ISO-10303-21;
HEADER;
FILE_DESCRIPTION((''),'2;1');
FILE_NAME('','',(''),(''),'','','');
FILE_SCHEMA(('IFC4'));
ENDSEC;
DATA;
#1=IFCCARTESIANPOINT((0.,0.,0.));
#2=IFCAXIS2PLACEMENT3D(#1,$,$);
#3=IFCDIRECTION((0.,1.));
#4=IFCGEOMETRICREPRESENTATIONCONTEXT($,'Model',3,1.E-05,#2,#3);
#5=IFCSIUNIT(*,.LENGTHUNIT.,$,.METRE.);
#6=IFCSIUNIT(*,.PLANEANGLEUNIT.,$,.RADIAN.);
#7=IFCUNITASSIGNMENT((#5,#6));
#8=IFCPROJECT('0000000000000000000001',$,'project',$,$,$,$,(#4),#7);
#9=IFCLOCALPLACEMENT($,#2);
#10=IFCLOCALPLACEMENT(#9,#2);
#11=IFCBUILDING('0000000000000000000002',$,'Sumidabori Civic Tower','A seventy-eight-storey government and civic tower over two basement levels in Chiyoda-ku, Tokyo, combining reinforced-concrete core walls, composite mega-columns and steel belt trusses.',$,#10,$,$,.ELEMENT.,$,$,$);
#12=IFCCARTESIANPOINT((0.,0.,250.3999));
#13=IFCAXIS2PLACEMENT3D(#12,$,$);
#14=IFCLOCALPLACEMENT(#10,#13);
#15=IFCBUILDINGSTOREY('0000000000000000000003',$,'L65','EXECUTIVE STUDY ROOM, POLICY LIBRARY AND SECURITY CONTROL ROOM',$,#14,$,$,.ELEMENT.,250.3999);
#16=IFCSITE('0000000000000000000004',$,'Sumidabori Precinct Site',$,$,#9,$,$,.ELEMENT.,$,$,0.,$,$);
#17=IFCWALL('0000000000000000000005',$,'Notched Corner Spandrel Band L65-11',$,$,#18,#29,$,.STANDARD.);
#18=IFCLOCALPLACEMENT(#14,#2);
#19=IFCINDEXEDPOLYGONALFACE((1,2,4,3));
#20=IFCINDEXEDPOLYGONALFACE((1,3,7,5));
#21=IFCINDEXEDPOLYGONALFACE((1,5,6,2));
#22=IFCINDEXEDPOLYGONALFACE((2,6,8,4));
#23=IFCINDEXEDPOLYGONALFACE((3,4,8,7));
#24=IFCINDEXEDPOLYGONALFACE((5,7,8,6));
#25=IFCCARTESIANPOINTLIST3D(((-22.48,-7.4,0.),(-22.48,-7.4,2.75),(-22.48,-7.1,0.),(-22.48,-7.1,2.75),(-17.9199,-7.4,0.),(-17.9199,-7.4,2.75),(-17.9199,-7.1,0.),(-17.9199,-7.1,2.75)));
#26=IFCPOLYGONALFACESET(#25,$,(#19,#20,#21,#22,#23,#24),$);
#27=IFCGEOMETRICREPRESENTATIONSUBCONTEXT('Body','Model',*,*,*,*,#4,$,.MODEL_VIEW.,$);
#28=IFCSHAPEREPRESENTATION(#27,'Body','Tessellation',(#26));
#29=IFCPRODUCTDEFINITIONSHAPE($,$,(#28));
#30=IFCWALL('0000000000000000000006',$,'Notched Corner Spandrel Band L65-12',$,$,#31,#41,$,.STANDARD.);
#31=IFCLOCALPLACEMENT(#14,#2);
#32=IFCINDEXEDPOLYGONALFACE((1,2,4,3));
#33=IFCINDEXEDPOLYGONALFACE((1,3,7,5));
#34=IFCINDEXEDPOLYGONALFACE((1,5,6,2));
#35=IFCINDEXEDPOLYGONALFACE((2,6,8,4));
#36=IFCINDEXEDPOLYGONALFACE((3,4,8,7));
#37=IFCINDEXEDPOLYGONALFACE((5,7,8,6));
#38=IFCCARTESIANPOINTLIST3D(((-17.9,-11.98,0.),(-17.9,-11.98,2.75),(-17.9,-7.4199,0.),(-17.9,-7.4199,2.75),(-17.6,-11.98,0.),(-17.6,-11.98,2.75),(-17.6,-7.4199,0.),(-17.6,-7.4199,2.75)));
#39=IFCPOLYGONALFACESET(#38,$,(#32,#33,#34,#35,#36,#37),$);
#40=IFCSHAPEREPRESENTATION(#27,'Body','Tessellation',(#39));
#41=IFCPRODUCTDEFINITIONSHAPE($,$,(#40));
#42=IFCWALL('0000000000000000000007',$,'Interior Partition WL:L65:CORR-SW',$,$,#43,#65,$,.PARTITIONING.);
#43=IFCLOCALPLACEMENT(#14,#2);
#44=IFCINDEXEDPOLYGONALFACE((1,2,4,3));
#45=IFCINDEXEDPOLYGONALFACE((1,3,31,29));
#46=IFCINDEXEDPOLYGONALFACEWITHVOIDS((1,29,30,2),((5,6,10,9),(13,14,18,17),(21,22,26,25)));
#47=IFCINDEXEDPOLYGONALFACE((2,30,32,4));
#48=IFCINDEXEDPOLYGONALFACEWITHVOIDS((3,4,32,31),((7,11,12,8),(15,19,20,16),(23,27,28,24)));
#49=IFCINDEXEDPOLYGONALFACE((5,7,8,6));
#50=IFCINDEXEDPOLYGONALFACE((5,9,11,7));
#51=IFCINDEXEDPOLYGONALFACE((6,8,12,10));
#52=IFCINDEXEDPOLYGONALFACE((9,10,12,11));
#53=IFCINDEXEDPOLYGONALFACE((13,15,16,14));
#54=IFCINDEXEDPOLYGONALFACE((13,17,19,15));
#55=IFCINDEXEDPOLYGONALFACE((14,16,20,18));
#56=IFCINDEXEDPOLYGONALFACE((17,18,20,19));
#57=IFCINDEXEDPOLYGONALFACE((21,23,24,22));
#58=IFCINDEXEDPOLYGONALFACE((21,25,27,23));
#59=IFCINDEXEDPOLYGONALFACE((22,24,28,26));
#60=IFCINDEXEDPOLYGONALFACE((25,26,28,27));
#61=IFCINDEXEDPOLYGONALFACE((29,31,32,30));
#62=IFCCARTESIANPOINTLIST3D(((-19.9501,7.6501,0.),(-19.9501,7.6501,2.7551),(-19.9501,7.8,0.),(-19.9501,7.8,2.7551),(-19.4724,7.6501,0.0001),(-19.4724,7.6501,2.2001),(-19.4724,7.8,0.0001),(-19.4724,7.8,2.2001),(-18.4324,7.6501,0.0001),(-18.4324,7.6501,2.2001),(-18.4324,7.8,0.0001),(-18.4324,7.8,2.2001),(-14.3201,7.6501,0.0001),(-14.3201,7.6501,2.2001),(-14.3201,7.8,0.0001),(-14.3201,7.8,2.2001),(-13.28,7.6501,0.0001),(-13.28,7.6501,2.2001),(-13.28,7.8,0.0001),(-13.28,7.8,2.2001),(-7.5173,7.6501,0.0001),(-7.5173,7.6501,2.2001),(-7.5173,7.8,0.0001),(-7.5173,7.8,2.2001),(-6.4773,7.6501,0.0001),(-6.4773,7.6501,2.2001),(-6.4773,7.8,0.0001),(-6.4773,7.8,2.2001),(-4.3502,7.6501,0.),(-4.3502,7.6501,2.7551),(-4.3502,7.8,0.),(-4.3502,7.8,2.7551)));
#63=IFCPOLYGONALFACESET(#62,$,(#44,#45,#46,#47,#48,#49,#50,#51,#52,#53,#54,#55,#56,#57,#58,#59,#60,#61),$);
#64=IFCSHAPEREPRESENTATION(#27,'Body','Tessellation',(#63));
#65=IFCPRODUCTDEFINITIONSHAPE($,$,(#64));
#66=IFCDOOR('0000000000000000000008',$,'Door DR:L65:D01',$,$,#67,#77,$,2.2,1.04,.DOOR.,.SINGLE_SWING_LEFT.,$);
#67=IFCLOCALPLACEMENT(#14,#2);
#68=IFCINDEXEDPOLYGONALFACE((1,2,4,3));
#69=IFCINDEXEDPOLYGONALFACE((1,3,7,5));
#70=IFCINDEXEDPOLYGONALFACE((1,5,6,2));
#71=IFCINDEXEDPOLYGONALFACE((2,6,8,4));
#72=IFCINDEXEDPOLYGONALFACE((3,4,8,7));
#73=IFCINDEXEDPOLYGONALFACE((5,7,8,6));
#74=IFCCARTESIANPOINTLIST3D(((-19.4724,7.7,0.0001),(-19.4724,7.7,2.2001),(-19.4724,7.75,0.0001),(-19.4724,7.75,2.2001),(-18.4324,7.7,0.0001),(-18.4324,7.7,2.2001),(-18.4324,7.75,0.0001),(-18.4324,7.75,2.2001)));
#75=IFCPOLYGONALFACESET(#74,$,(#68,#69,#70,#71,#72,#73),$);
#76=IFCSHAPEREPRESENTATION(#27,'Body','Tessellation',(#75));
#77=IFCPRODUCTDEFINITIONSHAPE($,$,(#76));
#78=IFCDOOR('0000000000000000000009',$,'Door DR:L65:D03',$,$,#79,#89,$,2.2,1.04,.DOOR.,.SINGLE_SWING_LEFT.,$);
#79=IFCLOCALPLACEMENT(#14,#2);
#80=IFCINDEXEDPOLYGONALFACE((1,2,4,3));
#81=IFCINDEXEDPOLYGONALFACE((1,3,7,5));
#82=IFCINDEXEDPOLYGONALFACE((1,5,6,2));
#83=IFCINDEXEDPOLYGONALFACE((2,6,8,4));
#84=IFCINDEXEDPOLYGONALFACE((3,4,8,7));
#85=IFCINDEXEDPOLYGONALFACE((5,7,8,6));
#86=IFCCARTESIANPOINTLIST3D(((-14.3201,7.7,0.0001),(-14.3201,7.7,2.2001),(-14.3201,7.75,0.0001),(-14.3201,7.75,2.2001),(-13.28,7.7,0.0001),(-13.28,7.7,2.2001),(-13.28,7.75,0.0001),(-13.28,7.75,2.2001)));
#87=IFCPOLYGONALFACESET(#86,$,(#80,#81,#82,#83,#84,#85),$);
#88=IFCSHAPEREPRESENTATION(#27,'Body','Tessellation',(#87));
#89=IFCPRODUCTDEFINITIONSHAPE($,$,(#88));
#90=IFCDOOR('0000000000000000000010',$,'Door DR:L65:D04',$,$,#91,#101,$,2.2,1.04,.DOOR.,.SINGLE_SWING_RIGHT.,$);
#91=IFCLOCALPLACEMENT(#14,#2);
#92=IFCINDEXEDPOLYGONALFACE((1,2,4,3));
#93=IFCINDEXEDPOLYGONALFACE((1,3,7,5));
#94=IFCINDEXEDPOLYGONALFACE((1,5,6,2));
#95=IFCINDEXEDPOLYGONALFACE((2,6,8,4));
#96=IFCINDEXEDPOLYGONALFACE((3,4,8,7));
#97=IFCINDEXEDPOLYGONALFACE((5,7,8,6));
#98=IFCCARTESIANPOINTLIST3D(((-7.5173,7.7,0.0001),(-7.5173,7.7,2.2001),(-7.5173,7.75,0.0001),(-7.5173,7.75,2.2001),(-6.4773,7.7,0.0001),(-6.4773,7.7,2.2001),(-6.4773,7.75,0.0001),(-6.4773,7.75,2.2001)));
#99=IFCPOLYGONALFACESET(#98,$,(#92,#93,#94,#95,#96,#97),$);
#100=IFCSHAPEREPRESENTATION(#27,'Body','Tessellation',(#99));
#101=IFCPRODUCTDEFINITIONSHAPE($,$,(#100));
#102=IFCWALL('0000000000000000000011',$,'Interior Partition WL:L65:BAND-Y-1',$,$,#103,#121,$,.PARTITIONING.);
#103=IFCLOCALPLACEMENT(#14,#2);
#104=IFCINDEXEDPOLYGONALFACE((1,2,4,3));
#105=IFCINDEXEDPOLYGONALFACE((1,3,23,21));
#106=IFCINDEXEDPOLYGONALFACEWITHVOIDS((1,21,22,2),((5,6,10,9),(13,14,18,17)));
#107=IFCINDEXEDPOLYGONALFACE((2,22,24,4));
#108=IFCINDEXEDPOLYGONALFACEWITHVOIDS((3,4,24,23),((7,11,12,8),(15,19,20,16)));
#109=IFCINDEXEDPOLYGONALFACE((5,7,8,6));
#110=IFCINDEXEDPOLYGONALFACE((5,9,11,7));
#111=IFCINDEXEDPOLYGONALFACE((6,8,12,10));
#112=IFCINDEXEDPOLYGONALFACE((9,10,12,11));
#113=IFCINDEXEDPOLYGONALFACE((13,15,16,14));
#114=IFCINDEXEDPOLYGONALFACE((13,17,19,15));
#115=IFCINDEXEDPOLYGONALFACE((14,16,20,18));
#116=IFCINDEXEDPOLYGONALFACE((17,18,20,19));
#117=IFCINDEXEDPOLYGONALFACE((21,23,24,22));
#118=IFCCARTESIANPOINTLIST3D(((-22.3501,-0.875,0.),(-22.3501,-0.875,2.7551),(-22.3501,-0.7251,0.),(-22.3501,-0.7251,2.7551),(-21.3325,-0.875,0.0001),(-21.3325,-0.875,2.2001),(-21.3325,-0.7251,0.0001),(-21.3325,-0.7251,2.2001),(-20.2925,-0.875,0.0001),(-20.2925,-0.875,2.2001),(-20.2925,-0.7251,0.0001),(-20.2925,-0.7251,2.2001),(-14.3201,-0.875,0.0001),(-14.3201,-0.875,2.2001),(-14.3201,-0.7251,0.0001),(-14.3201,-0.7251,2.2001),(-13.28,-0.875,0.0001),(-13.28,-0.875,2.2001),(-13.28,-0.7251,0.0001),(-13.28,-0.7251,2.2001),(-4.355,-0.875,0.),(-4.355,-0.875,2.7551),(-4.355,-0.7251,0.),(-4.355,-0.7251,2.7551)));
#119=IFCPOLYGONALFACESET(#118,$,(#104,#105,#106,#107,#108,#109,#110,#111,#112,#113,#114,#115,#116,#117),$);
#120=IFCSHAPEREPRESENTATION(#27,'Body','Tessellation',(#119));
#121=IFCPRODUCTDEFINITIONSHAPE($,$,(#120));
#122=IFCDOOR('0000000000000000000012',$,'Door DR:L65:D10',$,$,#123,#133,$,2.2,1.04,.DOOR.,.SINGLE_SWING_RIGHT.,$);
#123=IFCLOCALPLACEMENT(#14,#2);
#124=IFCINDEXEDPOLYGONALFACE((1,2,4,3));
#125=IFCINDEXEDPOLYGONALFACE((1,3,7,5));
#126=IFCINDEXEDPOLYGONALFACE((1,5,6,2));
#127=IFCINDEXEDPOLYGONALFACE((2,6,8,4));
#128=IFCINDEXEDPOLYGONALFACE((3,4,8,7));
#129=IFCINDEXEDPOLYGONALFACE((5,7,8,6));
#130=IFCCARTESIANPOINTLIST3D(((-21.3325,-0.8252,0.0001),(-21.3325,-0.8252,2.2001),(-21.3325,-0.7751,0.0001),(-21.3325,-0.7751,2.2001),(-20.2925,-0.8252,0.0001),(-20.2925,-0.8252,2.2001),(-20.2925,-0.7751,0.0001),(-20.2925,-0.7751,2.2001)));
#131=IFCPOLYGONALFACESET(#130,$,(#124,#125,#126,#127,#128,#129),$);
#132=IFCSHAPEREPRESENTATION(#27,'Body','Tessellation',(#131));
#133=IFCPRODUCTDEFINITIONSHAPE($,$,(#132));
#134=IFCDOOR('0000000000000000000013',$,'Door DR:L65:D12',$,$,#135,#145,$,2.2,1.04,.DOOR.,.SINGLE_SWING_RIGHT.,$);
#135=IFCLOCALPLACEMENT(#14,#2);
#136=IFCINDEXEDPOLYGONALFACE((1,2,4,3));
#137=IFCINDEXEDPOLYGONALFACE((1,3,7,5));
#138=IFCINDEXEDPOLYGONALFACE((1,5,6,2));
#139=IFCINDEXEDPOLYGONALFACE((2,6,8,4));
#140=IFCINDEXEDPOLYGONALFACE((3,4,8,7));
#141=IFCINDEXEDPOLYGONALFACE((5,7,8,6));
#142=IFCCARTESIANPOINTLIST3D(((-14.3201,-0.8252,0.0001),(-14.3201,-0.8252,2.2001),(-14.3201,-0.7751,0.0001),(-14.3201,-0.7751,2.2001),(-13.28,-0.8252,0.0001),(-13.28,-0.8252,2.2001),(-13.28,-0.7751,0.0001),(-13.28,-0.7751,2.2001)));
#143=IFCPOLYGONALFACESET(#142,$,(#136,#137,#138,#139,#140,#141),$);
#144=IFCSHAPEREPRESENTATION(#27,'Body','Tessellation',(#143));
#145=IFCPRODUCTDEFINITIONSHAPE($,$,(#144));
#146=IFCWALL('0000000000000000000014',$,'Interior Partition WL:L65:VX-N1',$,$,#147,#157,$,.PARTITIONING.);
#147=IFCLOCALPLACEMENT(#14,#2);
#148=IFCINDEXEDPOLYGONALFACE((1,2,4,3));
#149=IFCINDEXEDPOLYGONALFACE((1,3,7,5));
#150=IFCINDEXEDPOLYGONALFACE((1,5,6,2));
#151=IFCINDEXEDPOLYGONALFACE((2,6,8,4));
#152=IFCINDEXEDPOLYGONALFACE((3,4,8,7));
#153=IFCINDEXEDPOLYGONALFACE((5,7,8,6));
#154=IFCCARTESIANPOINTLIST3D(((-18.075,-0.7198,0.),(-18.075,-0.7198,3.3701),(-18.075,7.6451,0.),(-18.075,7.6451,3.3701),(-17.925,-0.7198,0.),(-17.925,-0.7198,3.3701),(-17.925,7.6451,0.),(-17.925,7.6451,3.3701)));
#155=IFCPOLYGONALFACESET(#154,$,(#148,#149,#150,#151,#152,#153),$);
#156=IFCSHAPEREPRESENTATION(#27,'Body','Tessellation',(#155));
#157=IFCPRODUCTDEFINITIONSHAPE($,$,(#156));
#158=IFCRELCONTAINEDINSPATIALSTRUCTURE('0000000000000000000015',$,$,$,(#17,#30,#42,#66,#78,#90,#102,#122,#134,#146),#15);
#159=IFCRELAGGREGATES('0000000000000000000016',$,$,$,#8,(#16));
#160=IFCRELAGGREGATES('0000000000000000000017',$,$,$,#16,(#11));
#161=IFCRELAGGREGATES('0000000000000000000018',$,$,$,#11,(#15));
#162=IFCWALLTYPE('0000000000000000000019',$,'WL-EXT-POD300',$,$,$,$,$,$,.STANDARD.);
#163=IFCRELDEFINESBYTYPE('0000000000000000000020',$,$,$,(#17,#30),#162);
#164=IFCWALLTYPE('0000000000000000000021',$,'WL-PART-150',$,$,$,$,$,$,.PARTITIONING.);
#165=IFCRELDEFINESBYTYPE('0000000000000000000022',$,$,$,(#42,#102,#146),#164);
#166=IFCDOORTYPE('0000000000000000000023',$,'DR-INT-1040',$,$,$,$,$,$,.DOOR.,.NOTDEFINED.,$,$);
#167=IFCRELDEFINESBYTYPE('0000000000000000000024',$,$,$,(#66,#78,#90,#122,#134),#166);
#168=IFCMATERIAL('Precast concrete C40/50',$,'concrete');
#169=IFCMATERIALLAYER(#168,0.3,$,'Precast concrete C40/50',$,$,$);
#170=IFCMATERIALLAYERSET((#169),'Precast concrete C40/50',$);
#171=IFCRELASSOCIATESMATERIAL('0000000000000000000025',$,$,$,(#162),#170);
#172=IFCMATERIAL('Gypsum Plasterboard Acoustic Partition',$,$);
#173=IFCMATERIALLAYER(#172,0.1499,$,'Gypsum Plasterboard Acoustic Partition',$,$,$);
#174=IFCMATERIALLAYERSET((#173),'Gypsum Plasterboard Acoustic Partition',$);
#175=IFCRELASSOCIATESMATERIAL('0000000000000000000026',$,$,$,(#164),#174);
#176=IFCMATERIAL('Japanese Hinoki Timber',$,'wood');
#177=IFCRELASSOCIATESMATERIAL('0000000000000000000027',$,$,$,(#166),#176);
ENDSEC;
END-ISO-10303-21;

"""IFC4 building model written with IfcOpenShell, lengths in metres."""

from ifc_helpers import new_model, si_unit, direction, frame, frame_2d, origin, place, context, subcontext, project, spatial, rectangle, extrude, source, transform, mapped, material, layer, layer_set, type_object, element, fill, save


model = new_model("IFC4")

# Units and contexts
model_context = context("Model", 3, precision=1e-05, world=origin(), true_north=direction((0.0, 1.0)))
body_context = subcontext(model_context, "Body", "Model", "MODEL_VIEW")
ifc_project = project(units=[si_unit("LENGTHUNIT", "METRE"), si_unit("PLANEANGLEUNIT", "RADIAN")], contexts=[model_context])

# Site, building, storey
site_placement = place(None, origin())
site = spatial("IfcSite", under=ifc_project, at=site_placement, Name="Sumidabori Precinct Site", CompositionType="ELEMENT", RefElevation=0.0)
building_placement = place(site_placement, origin())
building = spatial("IfcBuilding", under=site, at=building_placement, Name="Sumidabori Civic Tower", Description="A seventy-eight-storey government and civic tower over two basement levels in Chiyoda-ku, Tokyo, combining reinforced-concrete core walls, composite mega-columns and steel belt trusses.", CompositionType="ELEMENT")
storey_placement = place(building_placement, frame((0.0, 0.0, 250.3999)))
storey = spatial("IfcBuildingStorey", under=building, at=storey_placement, Name="L65", Description="EXECUTIVE STUDY ROOM, POLICY LIBRARY AND SECURITY CONTROL ROOM", CompositionType="ELEMENT", Elevation=250.3999)

# Walls
ifc_material_1 = material(Name="Precast concrete C40/50", Category="concrete")
ifc_layer_1 = layer(ifc_material_1, 0.3, Name="Precast concrete C40/50")
ifc_layer_set_1 = layer_set([ifc_layer_1], Name="Precast concrete C40/50")
wall_type_1 = type_object("IfcWallType", Name="WL-EXT-POD300", PredefinedType="STANDARD", material=ifc_layer_set_1)
shared_shape_1 = source(origin(), body_context, "Body", "SweptSolid", [
    extrude(rectangle(XDim=4.5601, YDim=0.3, at=frame_2d((2.28, 0.0))), origin(), (0.0, 0.0, 1.0), 2.75),
])
for number, where, z_axis, x_axis, name in (
    (1, (-22.48, -7.25, 0.0), (0.0, 0.0, 1.0), (1.0, 0.0, 0.0), "Notched Corner Spandrel Band L65-11"),
    (2, (-17.75, -7.4199, 0.0), (0.0, 0.0, 1.0), (0.0, -1.0, 0.0), "Notched Corner Spandrel Band L65-12"),
):
    element("IfcWall", number, at=place(storey_placement, frame(where, z_axis=z_axis, x_axis=x_axis)), inside=storey, type_object=wall_type_1, Name=name, PredefinedType="STANDARD", context=body_context, shape_type="MappedRepresentation", body=[
        mapped(shared_shape_1, transform((0.0, 0.0, 0.0), x_axis=(1.0, 0.0, 0.0), y_axis=(0.0, 1.0, 0.0), z_axis=(0.0, 0.0, 1.0), scale=1.0)),
    ])

# Walls, openings, doors
ifc_material_2 = material(Name="Gypsum Plasterboard Acoustic Partition")
ifc_layer_2 = layer(ifc_material_2, 0.1499, Name="Gypsum Plasterboard Acoustic Partition")
ifc_layer_set_2 = layer_set([ifc_layer_2], Name="Gypsum Plasterboard Acoustic Partition")
wall_type_2 = type_object("IfcWallType", Name="WL-PART-150", PredefinedType="PARTITIONING", material=ifc_layer_set_2)
shared_shape_2 = source(origin(), body_context, "Body", "SweptSolid", [
    extrude(rectangle(XDim=15.5999, YDim=0.1499, at=frame_2d((7.7998, 0.0))), origin(), (0.0, 0.0, 1.0), 2.7551),
])
wall_1_placement = place(storey_placement, frame((-19.95, 7.7251, 0.0), z_axis=(0.0, 0.0, 1.0), x_axis=(1.0, 0.0, 0.0)))
wall_1 = element("IfcWall", 3, at=wall_1_placement, inside=storey, type_object=wall_type_2, Name="Interior Partition WL:L65:CORR-SW", PredefinedType="PARTITIONING", context=body_context, shape_type="MappedRepresentation", body=[
    mapped(shared_shape_2, transform((0.0, 0.0, 0.0), x_axis=(1.0, 0.0, 0.0), y_axis=(0.0, 1.0, 0.0), z_axis=(0.0, 0.0, 1.0), scale=1.0)),
])
opening_1_placement = place(wall_1_placement, frame((0.4775, 0.0, 0.0)))
opening_1 = element("IfcOpeningElement", 4, at=opening_1_placement, cuts=wall_1, PredefinedType="OPENING", context=body_context, shape_type="SweptSolid", body=[
    extrude(rectangle(XDim=1.04, YDim=2.2, at=frame_2d((0.52, 1.1001))), frame((0.0, 0.0869, 0.0), z_axis=(0.0, -1.0, 0.0), x_axis=(1.0, 0.0, 0.0)), (0.0, 0.0, 1.0), 0.1738),
])
opening_2_placement = place(wall_1_placement, frame((5.6299, 0.0, 0.0)))
opening_2 = element("IfcOpeningElement", 5, at=opening_2_placement, cuts=wall_1, PredefinedType="OPENING", context=body_context, shape_type="SweptSolid", body=[
    extrude(rectangle(XDim=1.04, YDim=2.2, at=frame_2d((0.52, 1.1001))), frame((0.0, 0.0869, 0.0), z_axis=(0.0, -1.0, 0.0), x_axis=(1.0, 0.0, 0.0)), (0.0, 0.0, 1.0), 0.1738),
])
opening_3_placement = place(wall_1_placement, frame((12.4326, 0.0, 0.0)))
opening_3 = element("IfcOpeningElement", 6, at=opening_3_placement, cuts=wall_1, PredefinedType="OPENING", context=body_context, shape_type="SweptSolid", body=[
    extrude(rectangle(XDim=1.04, YDim=2.2, at=frame_2d((0.52, 1.1001))), frame((0.0, 0.0869, 0.0), z_axis=(0.0, -1.0, 0.0), x_axis=(1.0, 0.0, 0.0)), (0.0, 0.0, 1.0), 0.1738),
])
ifc_material_3 = material(Name="Japanese Hinoki Timber", Category="wood")
door_type = type_object("IfcDoorType", Name="DR-INT-1040", OperationType="NOTDEFINED", PredefinedType="DOOR", material=ifc_material_3)
shared_shape_3 = source(origin(), body_context, "Body", "SweptSolid", [
    extrude(rectangle(XDim=1.04, YDim=2.2, at=frame_2d((0.52, 1.1001))), frame((0.0, 0.0249, 0.0), z_axis=(0.0, -1.0, 0.0), x_axis=(1.0, 0.0, 0.0)), (0.0, 0.0, 1.0), 0.05),
])
door_1_placement = place(opening_1_placement, origin())
door_1 = element("IfcDoor", 7, at=door_1_placement, inside=storey, type_object=door_type, Name="Door DR:L65:D01", OperationType="SINGLE_SWING_LEFT", OverallHeight=2.2, OverallWidth=1.04, PredefinedType="DOOR", context=body_context, shape_type="MappedRepresentation", body=[
    mapped(shared_shape_3, transform((0.0, 0.0, 0.0), x_axis=(1.0, 0.0, 0.0), y_axis=(0.0, 1.0, 0.0), z_axis=(0.0, 0.0, 1.0), scale=1.0)),
])
fill(opening_1, door_1)
door_2_placement = place(opening_2_placement, origin())
door_2 = element("IfcDoor", 8, at=door_2_placement, inside=storey, type_object=door_type, Name="Door DR:L65:D03", OperationType="SINGLE_SWING_LEFT", OverallHeight=2.2, OverallWidth=1.04, PredefinedType="DOOR", context=body_context, shape_type="MappedRepresentation", body=[
    mapped(shared_shape_3, transform((0.0, 0.0, 0.0), x_axis=(1.0, 0.0, 0.0), y_axis=(0.0, 1.0, 0.0), z_axis=(0.0, 0.0, 1.0), scale=1.0)),
])
fill(opening_2, door_2)
door_3_placement = place(opening_3_placement, origin())
door_3 = element("IfcDoor", 9, at=door_3_placement, inside=storey, type_object=door_type, Name="Door DR:L65:D04", OperationType="SINGLE_SWING_RIGHT", OverallHeight=2.2, OverallWidth=1.04, PredefinedType="DOOR", context=body_context, shape_type="MappedRepresentation", body=[
    mapped(shared_shape_3, transform((0.0, 0.0, 0.0), x_axis=(1.0, 0.0, 0.0), y_axis=(0.0, 1.0, 0.0), z_axis=(0.0, 0.0, 1.0), scale=1.0)),
])
fill(opening_3, door_3)
shared_shape_4 = source(origin(), body_context, "Body", "SweptSolid", [
    extrude(rectangle(XDim=17.9951, YDim=0.1499, at=frame_2d((8.9976, 0.0))), origin(), (0.0, 0.0, 1.0), 2.7551),
])
wall_2_placement = place(storey_placement, frame((-22.3501, -0.8, 0.0), z_axis=(0.0, 0.0, 1.0), x_axis=(1.0, 0.0, 0.0)))
wall_2 = element("IfcWall", 10, at=wall_2_placement, inside=storey, type_object=wall_type_2, Name="Interior Partition WL:L65:BAND-Y-1", PredefinedType="PARTITIONING", context=body_context, shape_type="MappedRepresentation", body=[
    mapped(shared_shape_4, transform((0.0, 0.0, 0.0), x_axis=(1.0, 0.0, 0.0), y_axis=(0.0, 1.0, 0.0), z_axis=(0.0, 0.0, 1.0), scale=1.0)),
])
opening_4_placement = place(wall_2_placement, frame((1.0176, 0.0, 0.0)))
opening_4 = element("IfcOpeningElement", 11, at=opening_4_placement, cuts=wall_2, PredefinedType="OPENING", context=body_context, shape_type="SweptSolid", body=[
    extrude(rectangle(XDim=1.04, YDim=2.2, at=frame_2d((0.52, 1.1001))), frame((0.0, 0.0869, 0.0), z_axis=(0.0, -1.0, 0.0), x_axis=(1.0, 0.0, 0.0)), (0.0, 0.0, 1.0), 0.1738),
])
opening_5_placement = place(wall_2_placement, frame((8.03, 0.0, 0.0)))
opening_5 = element("IfcOpeningElement", 12, at=opening_5_placement, cuts=wall_2, PredefinedType="OPENING", context=body_context, shape_type="SweptSolid", body=[
    extrude(rectangle(XDim=1.04, YDim=2.2, at=frame_2d((0.52, 1.1001))), frame((0.0, 0.0869, 0.0), z_axis=(0.0, -1.0, 0.0), x_axis=(1.0, 0.0, 0.0)), (0.0, 0.0, 1.0), 0.1738),
])
door_4_placement = place(opening_4_placement, origin())
door_4 = element("IfcDoor", 13, at=door_4_placement, inside=storey, type_object=door_type, Name="Door DR:L65:D10", OperationType="SINGLE_SWING_RIGHT", OverallHeight=2.2, OverallWidth=1.04, PredefinedType="DOOR", context=body_context, shape_type="MappedRepresentation", body=[
    mapped(shared_shape_3, transform((0.0, 0.0, 0.0), x_axis=(1.0, 0.0, 0.0), y_axis=(0.0, 1.0, 0.0), z_axis=(0.0, 0.0, 1.0), scale=1.0)),
])
fill(opening_4, door_4)
door_5_placement = place(opening_5_placement, origin())
door_5 = element("IfcDoor", 14, at=door_5_placement, inside=storey, type_object=door_type, Name="Door DR:L65:D12", OperationType="SINGLE_SWING_RIGHT", OverallHeight=2.2, OverallWidth=1.04, PredefinedType="DOOR", context=body_context, shape_type="MappedRepresentation", body=[
    mapped(shared_shape_3, transform((0.0, 0.0, 0.0), x_axis=(1.0, 0.0, 0.0), y_axis=(0.0, 1.0, 0.0), z_axis=(0.0, 0.0, 1.0), scale=1.0)),
])
fill(opening_5, door_5)

# Wall
shared_shape_5 = source(origin(), body_context, "Body", "SweptSolid", [
    extrude(rectangle(XDim=8.365, YDim=0.1499, at=frame_2d((4.1826, 0.0))), origin(), (0.0, 0.0, 1.0), 3.3701),
])
wall_3_placement = place(storey_placement, frame((-18.0, -0.72, 0.0), z_axis=(0.0, 0.0, 1.0), x_axis=(0.0, 1.0, 0.0)))
element("IfcWall", 15, at=wall_3_placement, inside=storey, type_object=wall_type_2, Name="Interior Partition WL:L65:VX-N1", PredefinedType="PARTITIONING", context=body_context, shape_type="MappedRepresentation", body=[
    mapped(shared_shape_5, transform((0.0, 0.0, 0.0), x_axis=(1.0, 0.0, 0.0), y_axis=(0.0, 1.0, 0.0), z_axis=(0.0, 0.0, 1.0), scale=1.0)),
])

save(model, "model.ifc")
